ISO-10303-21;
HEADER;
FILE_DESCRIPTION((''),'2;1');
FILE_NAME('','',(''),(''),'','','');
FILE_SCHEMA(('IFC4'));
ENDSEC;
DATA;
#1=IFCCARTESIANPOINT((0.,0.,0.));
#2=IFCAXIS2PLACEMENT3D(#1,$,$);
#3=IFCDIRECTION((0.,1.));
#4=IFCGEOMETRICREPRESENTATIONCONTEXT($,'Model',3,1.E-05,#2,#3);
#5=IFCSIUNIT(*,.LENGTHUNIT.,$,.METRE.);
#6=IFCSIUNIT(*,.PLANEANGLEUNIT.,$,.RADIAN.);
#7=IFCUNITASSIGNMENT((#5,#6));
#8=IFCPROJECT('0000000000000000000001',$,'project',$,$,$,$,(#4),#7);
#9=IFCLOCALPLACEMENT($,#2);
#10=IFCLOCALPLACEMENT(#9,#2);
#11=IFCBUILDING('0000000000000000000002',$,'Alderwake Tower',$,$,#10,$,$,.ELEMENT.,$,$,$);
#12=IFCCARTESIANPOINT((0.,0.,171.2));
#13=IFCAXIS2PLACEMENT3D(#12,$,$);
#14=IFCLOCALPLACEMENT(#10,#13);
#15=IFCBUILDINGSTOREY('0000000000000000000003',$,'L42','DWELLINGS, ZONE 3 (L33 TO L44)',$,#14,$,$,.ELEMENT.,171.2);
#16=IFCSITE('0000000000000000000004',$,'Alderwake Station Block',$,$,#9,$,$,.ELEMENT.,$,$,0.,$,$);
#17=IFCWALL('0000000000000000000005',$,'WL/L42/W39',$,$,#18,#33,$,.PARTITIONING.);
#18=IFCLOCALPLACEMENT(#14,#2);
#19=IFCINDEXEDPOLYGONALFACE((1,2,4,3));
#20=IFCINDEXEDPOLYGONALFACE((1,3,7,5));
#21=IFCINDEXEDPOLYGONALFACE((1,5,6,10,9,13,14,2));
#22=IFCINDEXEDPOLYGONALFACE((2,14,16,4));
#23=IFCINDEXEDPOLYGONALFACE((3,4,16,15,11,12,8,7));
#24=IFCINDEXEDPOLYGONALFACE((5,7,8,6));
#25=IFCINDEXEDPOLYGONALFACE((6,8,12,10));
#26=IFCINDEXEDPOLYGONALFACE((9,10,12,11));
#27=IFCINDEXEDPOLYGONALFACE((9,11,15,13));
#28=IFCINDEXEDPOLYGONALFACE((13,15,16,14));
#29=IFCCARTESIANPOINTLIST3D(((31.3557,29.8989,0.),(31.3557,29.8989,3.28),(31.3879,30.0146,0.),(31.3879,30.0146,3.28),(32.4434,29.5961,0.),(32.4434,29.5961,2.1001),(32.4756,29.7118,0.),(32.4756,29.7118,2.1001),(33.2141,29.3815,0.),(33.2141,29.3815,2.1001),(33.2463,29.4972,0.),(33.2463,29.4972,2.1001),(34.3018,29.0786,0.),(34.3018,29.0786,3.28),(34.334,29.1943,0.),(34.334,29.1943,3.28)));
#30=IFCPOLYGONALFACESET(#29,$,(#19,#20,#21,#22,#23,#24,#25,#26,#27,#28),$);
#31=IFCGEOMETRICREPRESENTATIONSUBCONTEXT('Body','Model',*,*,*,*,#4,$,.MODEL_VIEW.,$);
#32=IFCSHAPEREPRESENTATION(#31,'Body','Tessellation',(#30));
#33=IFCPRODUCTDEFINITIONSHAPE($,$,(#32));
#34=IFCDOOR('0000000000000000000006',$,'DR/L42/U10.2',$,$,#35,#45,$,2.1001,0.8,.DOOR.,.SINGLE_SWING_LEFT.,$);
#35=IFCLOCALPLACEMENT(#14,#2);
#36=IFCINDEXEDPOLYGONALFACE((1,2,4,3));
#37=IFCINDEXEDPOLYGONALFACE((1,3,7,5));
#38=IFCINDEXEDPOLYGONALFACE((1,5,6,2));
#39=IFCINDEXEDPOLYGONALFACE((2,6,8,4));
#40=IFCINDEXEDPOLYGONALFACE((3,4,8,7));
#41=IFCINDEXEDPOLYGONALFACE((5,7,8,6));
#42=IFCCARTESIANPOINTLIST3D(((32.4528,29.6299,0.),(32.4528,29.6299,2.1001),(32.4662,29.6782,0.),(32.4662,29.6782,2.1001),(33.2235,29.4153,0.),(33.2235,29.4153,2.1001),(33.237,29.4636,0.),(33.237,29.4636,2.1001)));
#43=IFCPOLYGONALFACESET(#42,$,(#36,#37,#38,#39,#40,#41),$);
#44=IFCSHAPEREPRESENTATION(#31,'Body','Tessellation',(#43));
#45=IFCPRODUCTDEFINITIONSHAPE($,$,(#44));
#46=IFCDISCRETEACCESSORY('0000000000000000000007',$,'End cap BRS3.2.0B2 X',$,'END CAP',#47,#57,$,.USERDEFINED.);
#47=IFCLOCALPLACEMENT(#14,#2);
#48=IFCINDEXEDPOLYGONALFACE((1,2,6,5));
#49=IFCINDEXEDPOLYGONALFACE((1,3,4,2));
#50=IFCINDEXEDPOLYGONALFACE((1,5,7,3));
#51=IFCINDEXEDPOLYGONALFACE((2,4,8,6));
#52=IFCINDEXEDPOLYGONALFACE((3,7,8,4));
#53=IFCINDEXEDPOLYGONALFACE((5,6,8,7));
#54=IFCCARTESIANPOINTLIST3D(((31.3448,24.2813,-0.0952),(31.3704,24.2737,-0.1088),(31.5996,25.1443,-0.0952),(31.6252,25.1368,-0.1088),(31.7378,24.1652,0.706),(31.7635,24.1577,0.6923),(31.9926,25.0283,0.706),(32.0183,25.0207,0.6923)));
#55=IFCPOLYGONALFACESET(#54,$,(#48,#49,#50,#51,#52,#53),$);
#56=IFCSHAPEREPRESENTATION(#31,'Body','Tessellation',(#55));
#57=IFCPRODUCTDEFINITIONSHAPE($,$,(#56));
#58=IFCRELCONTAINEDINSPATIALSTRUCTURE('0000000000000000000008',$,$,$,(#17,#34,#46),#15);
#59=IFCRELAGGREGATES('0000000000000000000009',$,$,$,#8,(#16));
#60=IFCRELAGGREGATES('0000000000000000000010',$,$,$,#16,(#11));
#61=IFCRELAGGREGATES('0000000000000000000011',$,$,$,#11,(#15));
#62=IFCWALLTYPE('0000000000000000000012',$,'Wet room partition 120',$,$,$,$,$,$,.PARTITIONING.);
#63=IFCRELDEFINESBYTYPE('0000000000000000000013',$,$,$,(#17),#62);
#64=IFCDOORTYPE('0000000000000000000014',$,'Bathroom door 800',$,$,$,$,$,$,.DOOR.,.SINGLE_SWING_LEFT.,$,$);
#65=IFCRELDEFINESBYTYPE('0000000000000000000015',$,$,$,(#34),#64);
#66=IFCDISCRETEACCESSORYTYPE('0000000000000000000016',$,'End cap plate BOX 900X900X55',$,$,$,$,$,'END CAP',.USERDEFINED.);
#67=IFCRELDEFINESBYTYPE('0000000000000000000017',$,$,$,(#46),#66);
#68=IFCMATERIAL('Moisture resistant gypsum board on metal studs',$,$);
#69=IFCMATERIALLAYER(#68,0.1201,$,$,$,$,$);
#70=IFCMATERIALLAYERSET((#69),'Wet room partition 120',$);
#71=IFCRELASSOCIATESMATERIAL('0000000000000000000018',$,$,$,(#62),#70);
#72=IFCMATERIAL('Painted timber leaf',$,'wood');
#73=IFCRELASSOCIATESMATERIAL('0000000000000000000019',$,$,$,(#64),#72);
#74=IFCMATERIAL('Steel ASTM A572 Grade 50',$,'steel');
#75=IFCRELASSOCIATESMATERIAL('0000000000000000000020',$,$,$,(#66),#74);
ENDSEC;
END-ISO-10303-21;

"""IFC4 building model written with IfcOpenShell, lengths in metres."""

from ifc_helpers import new_model, si_unit, direction, frame, frame_2d, origin, origin_2d, place, context, subcontext, project, spatial, rectangle, extrude, material, layer, layer_set, material_profile, profile_set, type_object, element, fill, save


model = new_model("IFC4")

# Units and contexts
model_context = context("Model", 3, precision=1e-05, world=origin(), true_north=direction((0.0, 1.0)))
body_context = subcontext(model_context, "Body", "Model", "MODEL_VIEW")
ifc_project = project(units=[si_unit("LENGTHUNIT", "METRE"), si_unit("PLANEANGLEUNIT", "RADIAN")], contexts=[model_context])

# Site, building, storey
site_placement = place(None, origin())
site = spatial("IfcSite", under=ifc_project, at=site_placement, Name="Alderwake Station Block", CompositionType="ELEMENT", RefElevation=0.0)
building_placement = place(site_placement, origin())
building = spatial("IfcBuilding", under=site, at=building_placement, Name="Alderwake Tower", CompositionType="ELEMENT")
storey_placement = place(building_placement, frame((0.0, 0.0, 171.2)))
storey = spatial("IfcBuildingStorey", under=building, at=storey_placement, Name="L42", Description="DWELLINGS, ZONE 3 (L33 TO L44)", CompositionType="ELEMENT", Elevation=171.2)

# Shared definitions
ifc_material_1 = material(Name="Moisture resistant gypsum board on metal studs")
ifc_layer_1 = layer(ifc_material_1, 0.1201)
ifc_layer_set_1 = layer_set([ifc_layer_1], Name="Wet room partition 120")
wall_type_1 = type_object("IfcWallType", Name="Wet room partition 120", PredefinedType="PARTITIONING", material=ifc_layer_set_1)

# Wall, opening, door
wall_1_placement = place(storey_placement, frame((34.3179, 29.1365, 0.0), z_axis=(0.0, 0.0, 1.0), x_axis=(-0.963352, 0.268241, 0.0)))
wall_1 = element("IfcWall", 1, at=wall_1_placement, inside=storey, type_object=wall_type_1, Name="WL/L42/W39", PredefinedType="PARTITIONING", context=body_context, shape_type="SweptSolid", body=[
    extrude(rectangle(XDim=3.0581, YDim=0.1201, at=frame_2d((1.5291, 0.0))), origin(), (0.0, 0.0, 1.0), 3.28),
])
opening_1_placement = place(wall_1_placement, frame((1.1292, 0.0, 0.0)))
opening_1 = element("IfcOpeningElement", 2, at=opening_1_placement, cuts=wall_1, PredefinedType="OPENING", context=body_context, shape_type="SweptSolid", body=[
    extrude(rectangle(XDim=0.8, YDim=2.1001, at=frame_2d((0.3999, 1.05))), frame((0.0, 0.0701, 0.0), z_axis=(0.0, -1.0, 0.0), x_axis=(1.0, 0.0, 0.0)), (0.0, 0.0, 1.0), 0.1401),
])
ifc_material_2 = material(Name="Painted timber leaf", Category="wood")
door_type_1 = type_object("IfcDoorType", Name="Bathroom door 800", OperationType="SINGLE_SWING_LEFT", PredefinedType="DOOR", material=ifc_material_2)
door_1_placement = place(opening_1_placement, origin())
door_1 = element("IfcDoor", 3, at=door_1_placement, inside=storey, type_object=door_type_1, Name="DR/L42/U10.2", OperationType="SINGLE_SWING_LEFT", OverallHeight=2.1001, OverallWidth=0.8, PredefinedType="DOOR", context=body_context, shape_type="SweptSolid", body=[
    extrude(rectangle(XDim=0.8, YDim=2.1001, at=frame_2d((0.3999, 1.05))), frame((0.0, 0.0249, 0.0), z_axis=(0.0, -1.0, 0.0), x_axis=(1.0, 0.0, 0.0)), (0.0, 0.0, 1.0), 0.05),
])
fill(opening_1, door_1)

# Discrete accessory
ifc_material_3 = material(Name="Steel ASTM A572 Grade 50", Category="steel")
ifc_material_profile_1 = material_profile(ifc_material_3, rectangle(XDim=0.8999, YDim=0.8999, at=origin_2d()), Name="BOX 900X900X55 cap")
ifc_profile_set_1 = profile_set([ifc_material_profile_1], Name="Steel ASTM A572 Grade 50")
discrete_accessory_type = type_object("IfcDiscreteAccessoryType", Name="End cap plate BOX 900X900X55", ElementType="END CAP", PredefinedType="USERDEFINED", material=ifc_profile_set_1)
discrete_accessory_placement = place(storey_placement, frame((31.6687, 24.6548, 0.3054), z_axis=(0.853856, -0.252091, -0.45539), x_axis=(0.283155, 0.959074, 0.0)))
element("IfcDiscreteAccessory", 4, at=discrete_accessory_placement, inside=storey, type_object=discrete_accessory_type, Name="End cap BRS3.2.0B2 X", ObjectType="END CAP", PredefinedType="USERDEFINED", context=body_context, shape_type="SweptSolid", body=[
    extrude(rectangle(XDim=0.8999, YDim=0.8999, at=origin_2d()), origin(), (0.0, 0.0, 1.0), 0.03),
])

save(model, "model.ifc")
